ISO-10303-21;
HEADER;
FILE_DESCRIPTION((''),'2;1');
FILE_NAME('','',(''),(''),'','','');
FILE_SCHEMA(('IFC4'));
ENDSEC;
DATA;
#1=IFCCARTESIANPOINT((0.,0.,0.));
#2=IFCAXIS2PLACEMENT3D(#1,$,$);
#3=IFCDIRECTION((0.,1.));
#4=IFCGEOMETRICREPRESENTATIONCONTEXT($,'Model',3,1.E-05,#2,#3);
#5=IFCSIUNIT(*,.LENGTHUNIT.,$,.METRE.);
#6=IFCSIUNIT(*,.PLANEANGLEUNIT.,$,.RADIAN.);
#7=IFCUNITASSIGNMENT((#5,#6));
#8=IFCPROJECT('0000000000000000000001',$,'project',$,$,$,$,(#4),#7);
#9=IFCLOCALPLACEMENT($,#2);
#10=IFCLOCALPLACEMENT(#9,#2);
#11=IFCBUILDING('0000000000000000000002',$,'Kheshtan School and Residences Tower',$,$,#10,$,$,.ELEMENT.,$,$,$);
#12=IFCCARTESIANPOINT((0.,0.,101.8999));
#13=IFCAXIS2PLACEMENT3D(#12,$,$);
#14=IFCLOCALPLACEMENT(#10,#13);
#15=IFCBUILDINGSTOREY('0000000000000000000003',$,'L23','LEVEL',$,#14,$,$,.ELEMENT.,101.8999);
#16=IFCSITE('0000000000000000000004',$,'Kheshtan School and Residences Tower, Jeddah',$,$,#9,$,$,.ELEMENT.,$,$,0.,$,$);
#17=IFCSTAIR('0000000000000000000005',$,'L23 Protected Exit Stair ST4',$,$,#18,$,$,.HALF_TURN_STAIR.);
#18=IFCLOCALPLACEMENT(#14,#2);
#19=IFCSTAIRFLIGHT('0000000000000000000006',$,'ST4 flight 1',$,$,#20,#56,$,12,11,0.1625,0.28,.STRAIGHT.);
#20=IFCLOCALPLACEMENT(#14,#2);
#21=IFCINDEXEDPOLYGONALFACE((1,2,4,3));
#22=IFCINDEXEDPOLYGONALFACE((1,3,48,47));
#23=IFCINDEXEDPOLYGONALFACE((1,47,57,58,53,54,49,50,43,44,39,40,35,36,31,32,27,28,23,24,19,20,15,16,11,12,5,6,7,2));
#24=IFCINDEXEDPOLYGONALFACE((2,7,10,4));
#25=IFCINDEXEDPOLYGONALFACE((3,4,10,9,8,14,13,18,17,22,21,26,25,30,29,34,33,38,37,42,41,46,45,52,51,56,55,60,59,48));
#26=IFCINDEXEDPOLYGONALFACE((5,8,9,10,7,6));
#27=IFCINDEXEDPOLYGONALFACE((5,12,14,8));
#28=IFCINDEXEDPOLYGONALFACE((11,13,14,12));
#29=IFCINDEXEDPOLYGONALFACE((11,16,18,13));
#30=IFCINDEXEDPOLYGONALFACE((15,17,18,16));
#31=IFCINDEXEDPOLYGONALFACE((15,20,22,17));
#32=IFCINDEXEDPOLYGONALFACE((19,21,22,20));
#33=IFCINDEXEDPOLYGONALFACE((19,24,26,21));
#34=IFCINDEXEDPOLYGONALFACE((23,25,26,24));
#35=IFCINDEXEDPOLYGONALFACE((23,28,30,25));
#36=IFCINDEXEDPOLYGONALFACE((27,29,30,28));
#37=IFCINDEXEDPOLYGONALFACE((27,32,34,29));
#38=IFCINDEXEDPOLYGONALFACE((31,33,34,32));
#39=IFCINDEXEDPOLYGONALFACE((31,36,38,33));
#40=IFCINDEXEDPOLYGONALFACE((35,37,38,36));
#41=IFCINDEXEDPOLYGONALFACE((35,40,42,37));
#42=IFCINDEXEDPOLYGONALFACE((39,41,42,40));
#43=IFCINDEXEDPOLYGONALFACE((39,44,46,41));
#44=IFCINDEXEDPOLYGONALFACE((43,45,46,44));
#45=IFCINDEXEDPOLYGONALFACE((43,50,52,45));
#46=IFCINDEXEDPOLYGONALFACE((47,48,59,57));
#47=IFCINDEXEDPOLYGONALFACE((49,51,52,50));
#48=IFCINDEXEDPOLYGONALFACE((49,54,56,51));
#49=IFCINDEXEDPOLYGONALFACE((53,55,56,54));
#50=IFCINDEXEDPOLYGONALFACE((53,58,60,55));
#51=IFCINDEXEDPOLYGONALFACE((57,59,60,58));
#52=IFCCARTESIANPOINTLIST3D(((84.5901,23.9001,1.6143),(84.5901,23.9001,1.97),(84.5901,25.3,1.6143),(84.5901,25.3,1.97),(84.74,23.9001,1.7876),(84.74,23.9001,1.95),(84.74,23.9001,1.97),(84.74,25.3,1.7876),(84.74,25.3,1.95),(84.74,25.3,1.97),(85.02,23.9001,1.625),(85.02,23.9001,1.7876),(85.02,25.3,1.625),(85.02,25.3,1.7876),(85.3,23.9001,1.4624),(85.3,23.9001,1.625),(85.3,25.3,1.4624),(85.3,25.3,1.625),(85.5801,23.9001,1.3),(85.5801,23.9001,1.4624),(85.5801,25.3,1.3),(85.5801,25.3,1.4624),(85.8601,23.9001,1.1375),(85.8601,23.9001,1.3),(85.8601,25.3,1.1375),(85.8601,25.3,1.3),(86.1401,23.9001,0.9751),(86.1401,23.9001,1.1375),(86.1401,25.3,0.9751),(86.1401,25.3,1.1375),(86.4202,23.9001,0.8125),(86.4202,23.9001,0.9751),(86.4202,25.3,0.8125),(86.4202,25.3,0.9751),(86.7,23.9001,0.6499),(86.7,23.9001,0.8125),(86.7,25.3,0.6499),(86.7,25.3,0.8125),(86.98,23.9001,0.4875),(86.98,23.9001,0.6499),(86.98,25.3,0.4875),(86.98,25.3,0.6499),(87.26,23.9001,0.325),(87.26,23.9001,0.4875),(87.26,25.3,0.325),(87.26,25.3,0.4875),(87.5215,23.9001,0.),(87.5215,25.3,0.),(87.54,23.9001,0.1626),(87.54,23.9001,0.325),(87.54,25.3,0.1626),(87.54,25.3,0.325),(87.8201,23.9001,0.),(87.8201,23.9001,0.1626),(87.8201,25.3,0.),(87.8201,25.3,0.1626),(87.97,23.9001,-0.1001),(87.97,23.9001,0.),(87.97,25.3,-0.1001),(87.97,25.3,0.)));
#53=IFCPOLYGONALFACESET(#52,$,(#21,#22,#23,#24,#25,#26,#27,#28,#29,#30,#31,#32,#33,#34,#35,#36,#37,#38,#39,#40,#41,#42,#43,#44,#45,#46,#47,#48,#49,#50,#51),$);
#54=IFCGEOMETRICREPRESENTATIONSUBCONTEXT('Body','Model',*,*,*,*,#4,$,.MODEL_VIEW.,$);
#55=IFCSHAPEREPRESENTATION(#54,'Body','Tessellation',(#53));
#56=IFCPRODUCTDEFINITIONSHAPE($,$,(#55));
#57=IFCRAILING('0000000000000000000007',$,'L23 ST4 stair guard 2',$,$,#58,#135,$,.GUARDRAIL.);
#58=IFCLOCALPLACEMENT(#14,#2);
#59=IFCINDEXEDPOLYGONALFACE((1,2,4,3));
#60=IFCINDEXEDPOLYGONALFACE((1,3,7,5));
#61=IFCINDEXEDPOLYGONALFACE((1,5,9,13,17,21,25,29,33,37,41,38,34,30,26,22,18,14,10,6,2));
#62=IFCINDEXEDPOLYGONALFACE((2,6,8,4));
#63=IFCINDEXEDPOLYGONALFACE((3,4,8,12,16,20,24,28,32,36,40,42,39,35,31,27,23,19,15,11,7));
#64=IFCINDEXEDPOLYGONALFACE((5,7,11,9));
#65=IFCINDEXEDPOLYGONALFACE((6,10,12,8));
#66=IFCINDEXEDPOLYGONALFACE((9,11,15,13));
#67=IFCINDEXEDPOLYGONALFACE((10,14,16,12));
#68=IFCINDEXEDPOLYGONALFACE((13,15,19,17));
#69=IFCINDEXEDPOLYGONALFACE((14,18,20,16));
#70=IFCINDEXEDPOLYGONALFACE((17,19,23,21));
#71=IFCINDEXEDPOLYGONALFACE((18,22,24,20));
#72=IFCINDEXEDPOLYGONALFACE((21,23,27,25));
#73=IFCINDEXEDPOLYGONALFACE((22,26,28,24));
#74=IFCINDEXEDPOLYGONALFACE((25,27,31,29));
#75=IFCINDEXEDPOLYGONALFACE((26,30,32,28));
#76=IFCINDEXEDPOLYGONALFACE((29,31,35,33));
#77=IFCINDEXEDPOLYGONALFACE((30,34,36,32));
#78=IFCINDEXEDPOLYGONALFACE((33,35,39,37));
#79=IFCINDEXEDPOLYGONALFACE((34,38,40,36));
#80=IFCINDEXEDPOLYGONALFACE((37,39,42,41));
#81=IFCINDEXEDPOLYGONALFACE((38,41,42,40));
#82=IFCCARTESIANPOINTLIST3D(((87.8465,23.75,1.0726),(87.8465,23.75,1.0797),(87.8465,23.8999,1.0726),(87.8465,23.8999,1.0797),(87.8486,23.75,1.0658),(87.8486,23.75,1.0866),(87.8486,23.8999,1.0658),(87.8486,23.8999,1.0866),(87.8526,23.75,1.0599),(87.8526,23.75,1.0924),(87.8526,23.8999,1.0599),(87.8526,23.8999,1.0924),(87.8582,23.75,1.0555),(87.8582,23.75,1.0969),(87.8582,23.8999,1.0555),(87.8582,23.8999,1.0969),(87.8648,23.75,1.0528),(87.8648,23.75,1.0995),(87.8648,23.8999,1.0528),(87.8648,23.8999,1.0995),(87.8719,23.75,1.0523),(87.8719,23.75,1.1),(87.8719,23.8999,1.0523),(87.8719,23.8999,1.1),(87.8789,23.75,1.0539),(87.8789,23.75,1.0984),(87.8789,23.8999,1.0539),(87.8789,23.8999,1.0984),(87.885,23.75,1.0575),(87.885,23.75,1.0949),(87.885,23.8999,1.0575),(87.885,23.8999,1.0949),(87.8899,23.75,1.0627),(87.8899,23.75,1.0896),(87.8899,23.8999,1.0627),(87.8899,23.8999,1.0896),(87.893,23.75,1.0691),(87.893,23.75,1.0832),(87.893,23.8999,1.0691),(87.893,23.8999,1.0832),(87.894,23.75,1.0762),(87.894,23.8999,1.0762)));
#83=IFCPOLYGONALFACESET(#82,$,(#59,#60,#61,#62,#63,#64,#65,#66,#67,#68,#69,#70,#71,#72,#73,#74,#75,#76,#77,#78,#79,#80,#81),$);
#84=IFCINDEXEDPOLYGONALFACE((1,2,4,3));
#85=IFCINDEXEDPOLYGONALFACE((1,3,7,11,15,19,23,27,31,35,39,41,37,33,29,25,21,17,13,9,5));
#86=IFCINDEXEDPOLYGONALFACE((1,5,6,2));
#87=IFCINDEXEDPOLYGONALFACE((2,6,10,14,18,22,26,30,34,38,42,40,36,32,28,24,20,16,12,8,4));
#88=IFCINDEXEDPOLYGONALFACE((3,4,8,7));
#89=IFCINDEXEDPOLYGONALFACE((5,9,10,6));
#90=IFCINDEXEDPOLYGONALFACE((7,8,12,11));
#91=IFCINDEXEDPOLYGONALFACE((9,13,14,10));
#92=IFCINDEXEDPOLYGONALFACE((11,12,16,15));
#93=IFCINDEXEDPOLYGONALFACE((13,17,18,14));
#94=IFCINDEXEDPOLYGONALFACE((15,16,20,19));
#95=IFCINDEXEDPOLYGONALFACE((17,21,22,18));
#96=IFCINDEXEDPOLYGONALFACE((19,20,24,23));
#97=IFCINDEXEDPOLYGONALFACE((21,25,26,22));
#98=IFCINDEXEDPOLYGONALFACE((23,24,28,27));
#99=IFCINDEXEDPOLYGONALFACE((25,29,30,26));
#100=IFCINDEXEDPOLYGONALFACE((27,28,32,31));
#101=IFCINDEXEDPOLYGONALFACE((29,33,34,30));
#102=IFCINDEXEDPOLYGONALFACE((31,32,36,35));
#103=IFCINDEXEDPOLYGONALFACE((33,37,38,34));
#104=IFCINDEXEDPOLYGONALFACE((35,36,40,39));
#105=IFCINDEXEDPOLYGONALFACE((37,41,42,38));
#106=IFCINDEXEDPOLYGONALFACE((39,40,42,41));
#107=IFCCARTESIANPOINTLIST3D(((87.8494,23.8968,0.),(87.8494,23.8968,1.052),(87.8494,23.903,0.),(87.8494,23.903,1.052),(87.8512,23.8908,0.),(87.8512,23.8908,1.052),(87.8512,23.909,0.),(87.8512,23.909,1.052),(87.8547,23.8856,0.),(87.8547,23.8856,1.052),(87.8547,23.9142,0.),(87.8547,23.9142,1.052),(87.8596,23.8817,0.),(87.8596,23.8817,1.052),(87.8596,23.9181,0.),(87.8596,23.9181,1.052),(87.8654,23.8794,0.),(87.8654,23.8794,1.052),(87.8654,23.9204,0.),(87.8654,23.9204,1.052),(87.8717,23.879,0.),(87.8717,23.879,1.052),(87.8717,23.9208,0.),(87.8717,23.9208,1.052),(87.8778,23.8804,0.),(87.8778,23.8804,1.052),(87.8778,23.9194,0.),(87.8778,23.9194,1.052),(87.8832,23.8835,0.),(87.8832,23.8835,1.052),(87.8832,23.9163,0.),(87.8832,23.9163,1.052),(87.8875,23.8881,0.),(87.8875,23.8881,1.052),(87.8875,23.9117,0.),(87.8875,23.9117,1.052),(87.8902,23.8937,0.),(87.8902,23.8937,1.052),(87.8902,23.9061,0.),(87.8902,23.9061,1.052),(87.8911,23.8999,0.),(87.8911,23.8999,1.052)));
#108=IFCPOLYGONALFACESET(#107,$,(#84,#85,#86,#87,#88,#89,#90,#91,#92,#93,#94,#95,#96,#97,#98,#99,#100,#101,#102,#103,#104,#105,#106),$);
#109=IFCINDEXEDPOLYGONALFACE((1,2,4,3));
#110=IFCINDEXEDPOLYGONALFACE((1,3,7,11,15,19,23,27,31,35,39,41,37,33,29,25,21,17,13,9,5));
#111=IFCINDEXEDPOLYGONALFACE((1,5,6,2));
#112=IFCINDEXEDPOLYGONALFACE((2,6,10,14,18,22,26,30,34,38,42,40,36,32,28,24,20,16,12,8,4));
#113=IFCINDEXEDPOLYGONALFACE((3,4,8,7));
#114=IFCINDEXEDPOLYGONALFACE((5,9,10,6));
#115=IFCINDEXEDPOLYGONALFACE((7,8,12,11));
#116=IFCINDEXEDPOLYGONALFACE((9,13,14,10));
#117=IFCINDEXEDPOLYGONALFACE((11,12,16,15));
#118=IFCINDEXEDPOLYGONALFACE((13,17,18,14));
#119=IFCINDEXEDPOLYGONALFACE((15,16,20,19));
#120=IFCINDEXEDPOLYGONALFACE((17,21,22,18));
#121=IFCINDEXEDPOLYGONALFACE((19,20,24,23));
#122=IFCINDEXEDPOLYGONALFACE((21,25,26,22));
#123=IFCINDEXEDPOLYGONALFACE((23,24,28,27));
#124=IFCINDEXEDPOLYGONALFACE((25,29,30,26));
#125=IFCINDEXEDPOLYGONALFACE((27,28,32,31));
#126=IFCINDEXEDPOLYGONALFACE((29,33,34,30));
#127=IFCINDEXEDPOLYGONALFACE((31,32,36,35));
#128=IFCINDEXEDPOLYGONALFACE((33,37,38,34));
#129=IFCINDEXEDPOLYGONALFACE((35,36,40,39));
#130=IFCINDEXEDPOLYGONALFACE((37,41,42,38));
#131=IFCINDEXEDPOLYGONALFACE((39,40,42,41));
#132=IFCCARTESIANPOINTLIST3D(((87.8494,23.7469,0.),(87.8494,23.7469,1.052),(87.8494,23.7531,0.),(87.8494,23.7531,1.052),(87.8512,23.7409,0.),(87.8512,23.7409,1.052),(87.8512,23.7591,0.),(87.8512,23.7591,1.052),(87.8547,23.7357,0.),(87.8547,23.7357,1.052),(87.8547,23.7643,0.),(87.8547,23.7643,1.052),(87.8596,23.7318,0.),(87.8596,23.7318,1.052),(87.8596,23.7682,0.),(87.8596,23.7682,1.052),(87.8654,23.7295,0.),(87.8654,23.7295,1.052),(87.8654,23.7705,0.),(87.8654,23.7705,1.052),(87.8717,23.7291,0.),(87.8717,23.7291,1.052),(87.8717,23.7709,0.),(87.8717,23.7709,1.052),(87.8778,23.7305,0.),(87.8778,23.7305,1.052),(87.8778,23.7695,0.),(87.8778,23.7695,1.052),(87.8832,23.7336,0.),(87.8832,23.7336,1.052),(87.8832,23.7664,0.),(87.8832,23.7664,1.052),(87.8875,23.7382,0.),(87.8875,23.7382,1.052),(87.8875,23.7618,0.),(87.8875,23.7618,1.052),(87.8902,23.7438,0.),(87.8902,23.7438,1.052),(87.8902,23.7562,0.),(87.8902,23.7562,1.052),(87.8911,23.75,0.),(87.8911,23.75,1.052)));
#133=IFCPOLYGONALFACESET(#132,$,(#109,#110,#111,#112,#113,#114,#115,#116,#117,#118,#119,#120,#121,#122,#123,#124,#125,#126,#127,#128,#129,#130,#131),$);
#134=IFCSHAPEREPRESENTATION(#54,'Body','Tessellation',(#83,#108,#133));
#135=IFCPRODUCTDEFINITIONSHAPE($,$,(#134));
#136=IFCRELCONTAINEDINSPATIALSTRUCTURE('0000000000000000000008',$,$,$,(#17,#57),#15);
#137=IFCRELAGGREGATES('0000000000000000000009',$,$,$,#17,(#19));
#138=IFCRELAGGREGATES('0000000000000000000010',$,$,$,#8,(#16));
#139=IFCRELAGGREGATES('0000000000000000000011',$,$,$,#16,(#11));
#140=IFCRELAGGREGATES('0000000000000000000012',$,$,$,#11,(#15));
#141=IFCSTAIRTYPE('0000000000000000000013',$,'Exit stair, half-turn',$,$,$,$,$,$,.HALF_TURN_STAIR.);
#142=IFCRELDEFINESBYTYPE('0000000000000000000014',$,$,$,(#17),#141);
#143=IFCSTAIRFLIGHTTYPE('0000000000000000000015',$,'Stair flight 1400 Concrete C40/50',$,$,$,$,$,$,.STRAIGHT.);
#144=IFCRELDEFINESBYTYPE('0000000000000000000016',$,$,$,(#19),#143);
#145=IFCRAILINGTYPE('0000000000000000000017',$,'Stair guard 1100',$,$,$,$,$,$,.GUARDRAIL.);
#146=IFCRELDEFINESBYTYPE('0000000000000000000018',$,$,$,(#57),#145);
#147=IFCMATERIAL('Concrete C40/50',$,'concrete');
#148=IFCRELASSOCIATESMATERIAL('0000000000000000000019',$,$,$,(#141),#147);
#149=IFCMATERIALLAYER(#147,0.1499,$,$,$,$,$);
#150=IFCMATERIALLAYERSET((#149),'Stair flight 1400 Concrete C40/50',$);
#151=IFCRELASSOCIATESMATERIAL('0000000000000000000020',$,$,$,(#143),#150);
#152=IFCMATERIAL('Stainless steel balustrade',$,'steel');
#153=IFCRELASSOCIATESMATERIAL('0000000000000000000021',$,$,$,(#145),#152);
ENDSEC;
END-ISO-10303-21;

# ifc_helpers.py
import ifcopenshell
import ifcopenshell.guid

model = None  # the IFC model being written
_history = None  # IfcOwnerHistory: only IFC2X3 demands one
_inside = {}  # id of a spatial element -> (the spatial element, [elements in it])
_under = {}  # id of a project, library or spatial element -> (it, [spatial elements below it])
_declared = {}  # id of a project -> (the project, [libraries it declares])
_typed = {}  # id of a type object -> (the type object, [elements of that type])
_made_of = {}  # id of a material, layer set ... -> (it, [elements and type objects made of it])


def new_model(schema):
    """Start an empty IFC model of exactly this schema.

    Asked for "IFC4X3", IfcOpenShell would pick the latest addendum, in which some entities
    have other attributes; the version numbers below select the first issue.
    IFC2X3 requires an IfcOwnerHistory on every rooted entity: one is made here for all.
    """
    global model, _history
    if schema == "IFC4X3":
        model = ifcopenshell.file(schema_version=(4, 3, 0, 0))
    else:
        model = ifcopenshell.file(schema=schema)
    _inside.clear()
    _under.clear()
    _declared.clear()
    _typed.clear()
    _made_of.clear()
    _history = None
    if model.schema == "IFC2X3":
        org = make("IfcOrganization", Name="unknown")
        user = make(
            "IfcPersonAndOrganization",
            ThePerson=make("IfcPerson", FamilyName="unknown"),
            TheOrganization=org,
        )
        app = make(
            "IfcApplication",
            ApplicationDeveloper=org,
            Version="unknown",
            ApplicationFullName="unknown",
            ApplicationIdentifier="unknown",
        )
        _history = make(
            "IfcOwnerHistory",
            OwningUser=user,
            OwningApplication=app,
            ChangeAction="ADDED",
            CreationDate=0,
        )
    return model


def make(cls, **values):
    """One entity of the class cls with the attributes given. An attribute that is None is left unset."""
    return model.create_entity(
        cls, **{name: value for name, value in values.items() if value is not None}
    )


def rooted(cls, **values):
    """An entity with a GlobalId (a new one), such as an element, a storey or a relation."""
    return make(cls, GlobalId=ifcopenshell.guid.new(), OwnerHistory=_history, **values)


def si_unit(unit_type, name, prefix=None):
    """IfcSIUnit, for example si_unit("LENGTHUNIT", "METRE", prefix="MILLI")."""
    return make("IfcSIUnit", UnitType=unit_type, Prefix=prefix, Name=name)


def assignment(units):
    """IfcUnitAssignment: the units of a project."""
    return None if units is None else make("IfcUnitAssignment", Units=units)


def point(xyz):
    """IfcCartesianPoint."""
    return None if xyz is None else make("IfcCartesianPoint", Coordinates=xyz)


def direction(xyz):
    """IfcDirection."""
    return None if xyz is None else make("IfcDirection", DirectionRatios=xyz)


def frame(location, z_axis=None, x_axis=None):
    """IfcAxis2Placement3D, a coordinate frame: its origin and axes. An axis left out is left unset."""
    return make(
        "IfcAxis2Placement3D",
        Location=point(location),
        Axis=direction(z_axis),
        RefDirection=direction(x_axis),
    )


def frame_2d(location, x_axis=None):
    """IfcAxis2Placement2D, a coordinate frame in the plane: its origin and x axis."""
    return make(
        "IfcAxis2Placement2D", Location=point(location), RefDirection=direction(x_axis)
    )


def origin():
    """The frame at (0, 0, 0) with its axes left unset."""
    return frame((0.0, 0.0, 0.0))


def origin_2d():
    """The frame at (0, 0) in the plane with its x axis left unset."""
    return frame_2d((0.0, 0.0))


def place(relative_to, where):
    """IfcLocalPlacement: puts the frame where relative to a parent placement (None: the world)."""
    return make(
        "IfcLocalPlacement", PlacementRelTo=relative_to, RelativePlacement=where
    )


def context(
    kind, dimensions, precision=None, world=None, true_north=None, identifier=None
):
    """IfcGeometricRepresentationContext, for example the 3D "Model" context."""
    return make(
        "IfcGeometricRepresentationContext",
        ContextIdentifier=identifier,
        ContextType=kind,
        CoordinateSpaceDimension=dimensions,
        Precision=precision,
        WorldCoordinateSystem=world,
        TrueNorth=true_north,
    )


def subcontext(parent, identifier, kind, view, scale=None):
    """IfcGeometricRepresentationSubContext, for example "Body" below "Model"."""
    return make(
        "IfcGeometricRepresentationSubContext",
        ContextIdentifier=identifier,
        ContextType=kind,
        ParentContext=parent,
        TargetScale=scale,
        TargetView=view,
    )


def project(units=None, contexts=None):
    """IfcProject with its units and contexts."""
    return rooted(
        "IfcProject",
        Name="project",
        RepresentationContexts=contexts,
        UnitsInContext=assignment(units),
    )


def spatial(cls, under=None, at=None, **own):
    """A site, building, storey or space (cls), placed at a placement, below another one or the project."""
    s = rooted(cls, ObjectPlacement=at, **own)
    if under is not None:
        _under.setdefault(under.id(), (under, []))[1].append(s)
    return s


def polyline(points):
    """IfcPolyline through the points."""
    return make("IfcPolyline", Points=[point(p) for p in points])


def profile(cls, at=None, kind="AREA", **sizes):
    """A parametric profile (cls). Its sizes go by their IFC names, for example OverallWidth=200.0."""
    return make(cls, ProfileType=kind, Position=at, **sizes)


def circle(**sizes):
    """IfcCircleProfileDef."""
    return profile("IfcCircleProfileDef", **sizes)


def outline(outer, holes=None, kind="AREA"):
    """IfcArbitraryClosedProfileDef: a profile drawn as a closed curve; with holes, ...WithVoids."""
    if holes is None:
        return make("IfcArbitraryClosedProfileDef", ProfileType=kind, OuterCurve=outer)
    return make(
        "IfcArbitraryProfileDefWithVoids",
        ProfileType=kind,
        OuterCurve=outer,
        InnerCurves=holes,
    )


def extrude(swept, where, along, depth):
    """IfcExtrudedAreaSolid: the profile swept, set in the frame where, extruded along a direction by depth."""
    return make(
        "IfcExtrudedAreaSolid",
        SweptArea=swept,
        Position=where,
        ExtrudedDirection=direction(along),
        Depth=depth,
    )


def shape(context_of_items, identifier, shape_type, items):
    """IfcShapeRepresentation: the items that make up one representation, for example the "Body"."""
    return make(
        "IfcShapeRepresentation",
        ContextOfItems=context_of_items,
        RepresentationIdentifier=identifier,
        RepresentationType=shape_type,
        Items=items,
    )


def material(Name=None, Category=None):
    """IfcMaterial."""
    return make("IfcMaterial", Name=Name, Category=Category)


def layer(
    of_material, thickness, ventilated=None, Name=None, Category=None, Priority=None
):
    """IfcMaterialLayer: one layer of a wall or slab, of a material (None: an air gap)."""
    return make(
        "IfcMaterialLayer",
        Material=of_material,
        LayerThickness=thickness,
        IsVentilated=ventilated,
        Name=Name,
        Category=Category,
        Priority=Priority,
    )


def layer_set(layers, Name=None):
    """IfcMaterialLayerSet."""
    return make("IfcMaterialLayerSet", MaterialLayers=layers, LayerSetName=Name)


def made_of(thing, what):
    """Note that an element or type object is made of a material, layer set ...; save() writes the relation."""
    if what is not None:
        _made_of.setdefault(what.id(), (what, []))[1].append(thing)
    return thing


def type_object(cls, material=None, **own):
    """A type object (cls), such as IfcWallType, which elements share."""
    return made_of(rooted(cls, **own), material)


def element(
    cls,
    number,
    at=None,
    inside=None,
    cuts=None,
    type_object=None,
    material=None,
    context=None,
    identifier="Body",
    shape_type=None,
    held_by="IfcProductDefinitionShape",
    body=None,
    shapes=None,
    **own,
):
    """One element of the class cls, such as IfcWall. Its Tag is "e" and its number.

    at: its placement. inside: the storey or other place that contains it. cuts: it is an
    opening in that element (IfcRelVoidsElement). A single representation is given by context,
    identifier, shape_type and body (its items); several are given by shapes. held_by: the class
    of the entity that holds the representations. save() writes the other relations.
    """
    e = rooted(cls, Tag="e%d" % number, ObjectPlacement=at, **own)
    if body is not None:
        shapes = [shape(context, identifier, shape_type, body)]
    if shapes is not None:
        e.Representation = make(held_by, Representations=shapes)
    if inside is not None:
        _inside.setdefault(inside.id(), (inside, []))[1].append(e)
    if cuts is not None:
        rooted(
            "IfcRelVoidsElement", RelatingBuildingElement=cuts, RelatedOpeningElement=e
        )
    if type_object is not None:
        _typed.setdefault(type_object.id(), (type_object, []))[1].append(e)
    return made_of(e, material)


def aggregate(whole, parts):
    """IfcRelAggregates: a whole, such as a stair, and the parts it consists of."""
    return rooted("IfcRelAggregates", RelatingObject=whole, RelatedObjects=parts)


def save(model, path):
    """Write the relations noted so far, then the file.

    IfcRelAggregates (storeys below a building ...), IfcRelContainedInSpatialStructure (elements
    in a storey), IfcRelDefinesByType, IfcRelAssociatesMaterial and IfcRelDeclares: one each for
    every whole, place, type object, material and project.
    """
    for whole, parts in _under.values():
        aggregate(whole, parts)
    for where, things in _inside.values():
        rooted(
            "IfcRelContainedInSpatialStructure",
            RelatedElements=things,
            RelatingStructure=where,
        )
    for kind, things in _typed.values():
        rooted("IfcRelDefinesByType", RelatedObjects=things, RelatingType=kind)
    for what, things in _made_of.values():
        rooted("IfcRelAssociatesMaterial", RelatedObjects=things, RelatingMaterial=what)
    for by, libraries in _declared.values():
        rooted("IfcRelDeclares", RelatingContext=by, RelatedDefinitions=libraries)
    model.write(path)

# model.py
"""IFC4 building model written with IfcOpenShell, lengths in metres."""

from ifc_helpers import new_model, si_unit, direction, frame, origin, origin_2d, place, context, subcontext, project, spatial, polyline, circle, outline, extrude, material, layer, layer_set, type_object, element, aggregate, save


model = new_model("IFC4")

# Units and contexts
model_context = context("Model", 3, precision=1e-05, world=origin(), true_north=direction((0.0, 1.0)))
body_context = subcontext(model_context, "Body", "Model", "MODEL_VIEW")
ifc_project = project(units=[si_unit("LENGTHUNIT", "METRE"), si_unit("PLANEANGLEUNIT", "RADIAN")], contexts=[model_context])

# Site, building, storey
site_placement = place(None, origin())
site = spatial("IfcSite", under=ifc_project, at=site_placement, Name="Kheshtan School and Residences Tower, Jeddah", CompositionType="ELEMENT", RefElevation=0.0)
building_placement = place(site_placement, origin())
building = spatial("IfcBuilding", under=site, at=building_placement, Name="Kheshtan School and Residences Tower", CompositionType="ELEMENT")
storey_placement = place(building_placement, frame((0.0, 0.0, 101.8999)))
storey = spatial("IfcBuildingStorey", under=building, at=storey_placement, Name="L23", Description="LEVEL", CompositionType="ELEMENT", Elevation=101.8999)

# Shared definitions
ifc_material_1 = material(Name="Concrete C40/50", Category="concrete")

# Stair, stair flight
stair_type = type_object("IfcStairType", Name="Exit stair, half-turn", PredefinedType="HALF_TURN_STAIR", material=ifc_material_1)
stair_placement = place(storey_placement, origin())
stair = element("IfcStair", 1, at=stair_placement, inside=storey, type_object=stair_type, Name="L23 Protected Exit Stair ST4", PredefinedType="HALF_TURN_STAIR")
ifc_layer_1 = layer(ifc_material_1, 0.1499)
ifc_layer_set_1 = layer_set([ifc_layer_1], Name="Stair flight 1400 Concrete C40/50")
stair_flight_type = type_object("IfcStairFlightType", Name="Stair flight 1400 Concrete C40/50", PredefinedType="STRAIGHT", material=ifc_layer_set_1)
stair_flight_placement = place(storey_placement, frame((87.8201, 24.6001, 0.0), z_axis=(0.0, 0.0, 1.0), x_axis=(-1.0, 0.0, 0.0)))
stair_flight = element("IfcStairFlight", 2, at=stair_flight_placement, type_object=stair_flight_type, Name="ST4 flight 1", NumberOfRisers=12, NumberOfTreads=11, PredefinedType="STRAIGHT", RiserHeight=0.1625, TreadLength=0.28, context=body_context, shape_type="SweptSolid", body=[
    extrude(outline(polyline([(-0.1499, -0.1001), (-0.1499, 0.0), (0.0, 0.0), (0.0, 0.1626), (0.28, 0.1626), (0.28, 0.325), (0.5601, 0.325), (0.5601, 0.4875), (0.8401, 0.4875), (0.8401, 0.6499), (1.1201, 0.6499), (1.1201, 0.8125), (1.3999, 0.8125), (1.3999, 0.9751), (1.6799, 0.9751), (1.6799, 1.1375), (1.96, 1.1375), (1.96, 1.3), (2.24, 1.3), (2.24, 1.4624), (2.52, 1.4624), (2.52, 1.625), (2.8, 1.625), (2.8, 1.7876), (3.0801, 1.7876), (3.0801, 1.95), (3.0801, 1.97), (3.23, 1.97), (3.23, 1.6143), (0.2986, 0.0), (-0.1499, -0.1001)])), frame((0.0, 0.7, 0.0), z_axis=(0.0, -1.0, 0.0), x_axis=(1.0, 0.0, 0.0)), (0.0, 0.0, 1.0), 1.3999),
])
aggregate(stair, [stair_flight])

# Railing
ifc_material_2 = material(Name="Stainless steel balustrade", Category="steel")
railing_type_1 = type_object("IfcRailingType", Name="Stair guard 1100", PredefinedType="GUARDRAIL", material=ifc_material_2)
railing_1_placement = place(storey_placement, frame((87.8701, 23.8999, 0.0)))
element("IfcRailing", 3, at=railing_1_placement, inside=storey, type_object=railing_type_1, Name="L23 ST4 stair guard 2", PredefinedType="GUARDRAIL", context=body_context, shape_type="SweptSolid", body=[
    extrude(circle(Radius=0.0239, at=origin_2d()), frame((0.0, 0.0, 1.0762), z_axis=(0.0, -1.0, 0.0), x_axis=(1.0, 0.0, 0.0)), (0.0, 0.0, 1.0), 0.1499),
    extrude(circle(Radius=0.021, at=origin_2d()), origin(), (0.0, 0.0, 1.0), 1.052),
    extrude(circle(Radius=0.021, at=origin_2d()), frame((0.0, -0.1499, 0.0)), (0.0, 0.0, 1.0), 1.052),
])

save(model, "model.ifc")
